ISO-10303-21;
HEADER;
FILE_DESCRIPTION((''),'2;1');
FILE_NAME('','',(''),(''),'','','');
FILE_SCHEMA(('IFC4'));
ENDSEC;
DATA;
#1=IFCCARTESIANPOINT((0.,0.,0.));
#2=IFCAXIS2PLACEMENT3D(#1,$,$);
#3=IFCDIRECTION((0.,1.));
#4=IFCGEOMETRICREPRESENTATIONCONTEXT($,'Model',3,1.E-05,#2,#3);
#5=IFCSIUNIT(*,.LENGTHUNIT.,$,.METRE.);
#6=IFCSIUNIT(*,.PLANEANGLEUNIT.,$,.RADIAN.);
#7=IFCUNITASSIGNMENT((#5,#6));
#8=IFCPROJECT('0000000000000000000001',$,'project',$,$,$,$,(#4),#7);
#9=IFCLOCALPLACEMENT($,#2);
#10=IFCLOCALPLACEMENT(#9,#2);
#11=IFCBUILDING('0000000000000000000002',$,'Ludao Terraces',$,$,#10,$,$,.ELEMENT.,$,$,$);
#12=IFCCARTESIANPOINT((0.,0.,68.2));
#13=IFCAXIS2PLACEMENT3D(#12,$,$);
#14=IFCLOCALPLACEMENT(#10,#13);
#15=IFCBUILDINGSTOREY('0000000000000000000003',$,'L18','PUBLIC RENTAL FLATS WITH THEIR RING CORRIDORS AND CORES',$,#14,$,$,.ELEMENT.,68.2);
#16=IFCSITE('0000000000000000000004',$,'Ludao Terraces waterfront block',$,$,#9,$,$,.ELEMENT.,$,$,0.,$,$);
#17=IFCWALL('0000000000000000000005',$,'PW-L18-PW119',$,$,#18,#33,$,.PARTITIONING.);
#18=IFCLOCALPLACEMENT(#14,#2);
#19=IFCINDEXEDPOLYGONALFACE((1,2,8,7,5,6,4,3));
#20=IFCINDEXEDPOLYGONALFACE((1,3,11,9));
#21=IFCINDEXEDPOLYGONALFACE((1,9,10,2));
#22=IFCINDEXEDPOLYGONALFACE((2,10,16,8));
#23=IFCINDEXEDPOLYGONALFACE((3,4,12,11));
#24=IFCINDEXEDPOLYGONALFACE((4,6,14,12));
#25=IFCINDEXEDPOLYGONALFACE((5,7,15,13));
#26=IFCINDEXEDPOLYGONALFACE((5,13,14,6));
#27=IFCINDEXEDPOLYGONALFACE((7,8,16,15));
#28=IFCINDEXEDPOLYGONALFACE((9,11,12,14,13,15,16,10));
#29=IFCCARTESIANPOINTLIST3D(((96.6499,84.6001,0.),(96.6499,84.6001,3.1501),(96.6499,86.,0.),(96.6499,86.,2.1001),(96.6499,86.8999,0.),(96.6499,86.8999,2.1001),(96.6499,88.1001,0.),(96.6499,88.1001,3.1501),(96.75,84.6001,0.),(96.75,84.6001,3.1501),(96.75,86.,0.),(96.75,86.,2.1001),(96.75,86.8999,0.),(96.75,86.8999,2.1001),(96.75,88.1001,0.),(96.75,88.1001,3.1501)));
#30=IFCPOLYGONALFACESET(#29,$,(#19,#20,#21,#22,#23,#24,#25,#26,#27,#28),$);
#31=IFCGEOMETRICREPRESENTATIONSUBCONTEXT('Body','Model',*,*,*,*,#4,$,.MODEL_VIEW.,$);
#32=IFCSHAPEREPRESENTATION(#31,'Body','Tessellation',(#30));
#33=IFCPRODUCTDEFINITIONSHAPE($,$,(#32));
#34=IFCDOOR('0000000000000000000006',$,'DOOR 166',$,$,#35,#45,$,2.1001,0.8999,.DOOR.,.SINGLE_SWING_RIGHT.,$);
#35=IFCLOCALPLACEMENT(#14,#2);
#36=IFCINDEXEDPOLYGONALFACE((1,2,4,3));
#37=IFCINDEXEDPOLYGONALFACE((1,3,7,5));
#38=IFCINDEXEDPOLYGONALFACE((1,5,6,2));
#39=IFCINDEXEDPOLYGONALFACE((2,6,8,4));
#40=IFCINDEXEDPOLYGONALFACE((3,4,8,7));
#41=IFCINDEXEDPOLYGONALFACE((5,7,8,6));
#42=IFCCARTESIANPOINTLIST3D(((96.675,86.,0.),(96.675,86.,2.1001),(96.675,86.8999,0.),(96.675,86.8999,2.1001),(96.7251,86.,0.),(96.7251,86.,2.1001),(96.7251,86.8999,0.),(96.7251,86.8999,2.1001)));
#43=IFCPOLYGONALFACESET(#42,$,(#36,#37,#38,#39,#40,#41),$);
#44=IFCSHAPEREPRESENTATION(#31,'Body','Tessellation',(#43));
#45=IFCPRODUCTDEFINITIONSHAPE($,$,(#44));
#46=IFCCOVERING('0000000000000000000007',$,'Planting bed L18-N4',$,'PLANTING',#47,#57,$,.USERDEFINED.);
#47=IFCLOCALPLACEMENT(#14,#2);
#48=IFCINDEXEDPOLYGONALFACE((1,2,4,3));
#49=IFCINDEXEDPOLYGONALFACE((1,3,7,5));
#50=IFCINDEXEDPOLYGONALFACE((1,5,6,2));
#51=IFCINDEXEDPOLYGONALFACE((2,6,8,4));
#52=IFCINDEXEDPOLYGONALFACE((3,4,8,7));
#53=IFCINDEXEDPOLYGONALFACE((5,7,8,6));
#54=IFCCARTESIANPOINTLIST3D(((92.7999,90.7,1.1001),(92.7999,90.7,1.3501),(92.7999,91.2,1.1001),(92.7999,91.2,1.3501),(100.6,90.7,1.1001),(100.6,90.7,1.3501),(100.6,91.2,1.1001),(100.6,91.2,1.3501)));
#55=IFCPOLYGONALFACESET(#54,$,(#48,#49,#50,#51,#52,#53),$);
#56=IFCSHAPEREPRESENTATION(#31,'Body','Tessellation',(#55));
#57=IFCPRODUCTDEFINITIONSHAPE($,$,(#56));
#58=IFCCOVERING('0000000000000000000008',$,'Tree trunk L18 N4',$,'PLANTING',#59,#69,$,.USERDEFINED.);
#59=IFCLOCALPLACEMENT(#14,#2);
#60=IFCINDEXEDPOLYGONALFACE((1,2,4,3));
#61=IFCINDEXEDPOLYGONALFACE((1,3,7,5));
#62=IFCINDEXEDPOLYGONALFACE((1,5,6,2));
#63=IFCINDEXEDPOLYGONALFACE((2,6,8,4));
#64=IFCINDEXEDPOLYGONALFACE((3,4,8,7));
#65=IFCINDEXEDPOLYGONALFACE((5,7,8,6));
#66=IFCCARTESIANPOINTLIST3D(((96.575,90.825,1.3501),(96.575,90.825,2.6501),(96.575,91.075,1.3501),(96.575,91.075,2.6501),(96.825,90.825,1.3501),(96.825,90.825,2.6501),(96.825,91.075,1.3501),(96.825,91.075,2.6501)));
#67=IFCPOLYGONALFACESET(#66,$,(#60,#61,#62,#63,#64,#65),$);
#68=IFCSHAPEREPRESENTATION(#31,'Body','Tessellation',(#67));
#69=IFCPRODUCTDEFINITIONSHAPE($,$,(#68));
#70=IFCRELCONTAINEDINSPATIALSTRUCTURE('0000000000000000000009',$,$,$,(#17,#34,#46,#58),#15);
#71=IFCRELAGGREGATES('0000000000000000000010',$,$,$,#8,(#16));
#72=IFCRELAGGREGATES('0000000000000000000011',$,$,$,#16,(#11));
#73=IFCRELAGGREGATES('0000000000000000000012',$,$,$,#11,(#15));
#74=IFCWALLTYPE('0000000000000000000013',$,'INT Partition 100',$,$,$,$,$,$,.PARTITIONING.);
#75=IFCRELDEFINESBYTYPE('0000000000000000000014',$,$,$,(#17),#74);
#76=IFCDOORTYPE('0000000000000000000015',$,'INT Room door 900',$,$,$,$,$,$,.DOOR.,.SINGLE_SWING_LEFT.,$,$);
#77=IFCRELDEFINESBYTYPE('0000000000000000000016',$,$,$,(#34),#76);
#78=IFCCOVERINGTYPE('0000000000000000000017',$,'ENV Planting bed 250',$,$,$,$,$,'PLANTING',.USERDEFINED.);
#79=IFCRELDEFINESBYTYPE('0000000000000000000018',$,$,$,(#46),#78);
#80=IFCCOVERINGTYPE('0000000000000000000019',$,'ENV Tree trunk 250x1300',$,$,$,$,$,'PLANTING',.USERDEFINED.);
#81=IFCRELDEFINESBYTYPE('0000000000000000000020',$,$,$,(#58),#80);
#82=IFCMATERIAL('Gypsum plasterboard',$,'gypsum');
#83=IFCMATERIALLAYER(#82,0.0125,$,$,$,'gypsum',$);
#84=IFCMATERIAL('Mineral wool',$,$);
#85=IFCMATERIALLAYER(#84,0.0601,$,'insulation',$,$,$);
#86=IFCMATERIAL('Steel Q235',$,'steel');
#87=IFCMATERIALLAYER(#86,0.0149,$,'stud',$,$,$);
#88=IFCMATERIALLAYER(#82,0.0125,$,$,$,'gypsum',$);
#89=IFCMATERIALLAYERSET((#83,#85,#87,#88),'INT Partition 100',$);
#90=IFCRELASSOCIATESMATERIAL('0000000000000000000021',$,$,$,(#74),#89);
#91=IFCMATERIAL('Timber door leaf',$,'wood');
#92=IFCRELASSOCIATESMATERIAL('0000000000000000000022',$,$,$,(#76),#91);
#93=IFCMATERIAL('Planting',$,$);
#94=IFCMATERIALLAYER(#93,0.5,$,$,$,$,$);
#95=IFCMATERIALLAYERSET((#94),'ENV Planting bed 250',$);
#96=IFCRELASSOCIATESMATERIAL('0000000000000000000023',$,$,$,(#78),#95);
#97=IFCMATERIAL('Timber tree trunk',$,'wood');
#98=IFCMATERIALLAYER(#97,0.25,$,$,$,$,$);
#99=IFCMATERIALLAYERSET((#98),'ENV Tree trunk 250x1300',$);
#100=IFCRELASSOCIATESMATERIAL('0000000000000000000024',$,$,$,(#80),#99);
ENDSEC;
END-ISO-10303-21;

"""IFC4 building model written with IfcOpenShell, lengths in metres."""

from ifc_helpers import new_model, si_unit, direction, frame, frame_2d, origin, origin_2d, place, context, subcontext, project, spatial, rectangle, extrude, material, layer, layer_set, type_object, element, fill, save


model = new_model("IFC4")

# Units and contexts
model_context = context("Model", 3, precision=1e-05, world=origin(), true_north=direction((0.0, 1.0)))
body_context = subcontext(model_context, "Body", "Model", "MODEL_VIEW")
ifc_project = project(units=[si_unit("LENGTHUNIT", "METRE"), si_unit("PLANEANGLEUNIT", "RADIAN")], contexts=[model_context])

# Site, building, storey
site_placement = place(None, origin())
site = spatial("IfcSite", under=ifc_project, at=site_placement, Name="Ludao Terraces waterfront block", CompositionType="ELEMENT", RefElevation=0.0)
building_placement = place(site_placement, origin())
building = spatial("IfcBuilding", under=site, at=building_placement, Name="Ludao Terraces", CompositionType="ELEMENT")
storey_placement = place(building_placement, frame((0.0, 0.0, 68.2)))
storey = spatial("IfcBuildingStorey", under=building, at=storey_placement, Name="L18", Description="PUBLIC RENTAL FLATS WITH THEIR RING CORRIDORS AND CORES", CompositionType="ELEMENT", Elevation=68.2)

# Shared definitions
ifc_material_1 = material(Name="Gypsum plasterboard", Category="gypsum")
ifc_layer_1 = layer(ifc_material_1, 0.0125, Category="gypsum")
ifc_material_2 = material(Name="Mineral wool")
ifc_layer_2 = layer(ifc_material_2, 0.0601, Name="insulation")
ifc_material_3 = material(Name="Steel Q235", Category="steel")
ifc_layer_3 = layer(ifc_material_3, 0.0149, Name="stud")
ifc_layer_4 = layer(ifc_material_1, 0.0125, Category="gypsum")
ifc_layer_set_1 = layer_set([ifc_layer_1, ifc_layer_2, ifc_layer_3, ifc_layer_4], Name="INT Partition 100")
wall_type_1 = type_object("IfcWallType", Name="INT Partition 100", PredefinedType="PARTITIONING", material=ifc_layer_set_1)

# Wall, opening, door
ifc_material_4 = material(Name="Timber door leaf", Category="wood")
door_type = type_object("IfcDoorType", Name="INT Room door 900", OperationType="SINGLE_SWING_LEFT", PredefinedType="DOOR", material=ifc_material_4)
wall_1_placement = place(storey_placement, frame((96.7, 84.6001, 0.0), z_axis=(0.0, 0.0, 1.0), x_axis=(0.0, 1.0, 0.0)))
wall_1 = element("IfcWall", 1, at=wall_1_placement, inside=storey, type_object=wall_type_1, Name="PW-L18-PW119", PredefinedType="PARTITIONING", context=body_context, shape_type="SweptSolid", body=[
    extrude(rectangle(XDim=3.5, YDim=0.1001, at=frame_2d((1.75, 0.0))), origin(), (0.0, 0.0, 1.0), 3.1501),
])
opening_1_placement = place(wall_1_placement, frame((1.3999, 0.0, 0.0)))
opening_1 = element("IfcOpeningElement", 2, at=opening_1_placement, cuts=wall_1, PredefinedType="OPENING", context=body_context, shape_type="SweptSolid", body=[
    extrude(rectangle(XDim=0.8999, YDim=2.1001, at=frame_2d((0.45, 1.05))), frame((0.0, 0.0601, 0.0), z_axis=(0.0, -1.0, 0.0), x_axis=(1.0, 0.0, 0.0)), (0.0, 0.0, 1.0), 0.1201),
])
door_1_placement = place(opening_1_placement, origin())
door_1 = element("IfcDoor", 3, at=door_1_placement, inside=storey, type_object=door_type, Name="DOOR 166", OperationType="SINGLE_SWING_RIGHT", OverallHeight=2.1001, OverallWidth=0.8999, PredefinedType="DOOR", context=body_context, shape_type="SweptSolid", body=[
    extrude(rectangle(XDim=0.8999, YDim=2.1001, at=frame_2d((0.45, 1.05))), frame((0.0, 0.0249, 0.0), z_axis=(0.0, -1.0, 0.0), x_axis=(1.0, 0.0, 0.0)), (0.0, 0.0, 1.0), 0.05),
])
fill(opening_1, door_1)

# Coverings
ifc_material_5 = material(Name="Planting")
ifc_layer_5 = layer(ifc_material_5, 0.5)
ifc_layer_set_2 = layer_set([ifc_layer_5], Name="ENV Planting bed 250")
covering_type_1 = type_object("IfcCoveringType", Name="ENV Planting bed 250", ElementType="PLANTING", PredefinedType="USERDEFINED", material=ifc_layer_set_2)
covering_1_placement = place(storey_placement, frame((96.7, 90.95, 1.1001), z_axis=(0.0, 0.0, 1.0), x_axis=(1.0, 0.0, 0.0)))
element("IfcCovering", 4, at=covering_1_placement, inside=storey, type_object=covering_type_1, Name="Planting bed L18-N4", ObjectType="PLANTING", PredefinedType="USERDEFINED", context=body_context, shape_type="SweptSolid", body=[
    extrude(rectangle(XDim=7.8, YDim=0.5, at=origin_2d()), origin(), (0.0, 0.0, 1.0), 0.25),
])
ifc_material_6 = material(Name="Timber tree trunk", Category="wood")
ifc_layer_6 = layer(ifc_material_6, 0.25)
ifc_layer_set_3 = layer_set([ifc_layer_6], Name="ENV Tree trunk 250x1300")
covering_type_2 = type_object("IfcCoveringType", Name="ENV Tree trunk 250x1300", ElementType="PLANTING", PredefinedType="USERDEFINED", material=ifc_layer_set_3)
covering_2_placement = place(storey_placement, frame((96.7, 90.95, 1.3501), z_axis=(0.0, 0.0, 1.0), x_axis=(1.0, 0.0, 0.0)))
element("IfcCovering", 5, at=covering_2_placement, inside=storey, type_object=covering_type_2, Name="Tree trunk L18 N4", ObjectType="PLANTING", PredefinedType="USERDEFINED", context=body_context, shape_type="SweptSolid", body=[
    extrude(rectangle(XDim=0.25, YDim=0.25, at=origin_2d()), origin(), (0.0, 0.0, 1.0), 1.3),
])

save(model, "model.ifc")
